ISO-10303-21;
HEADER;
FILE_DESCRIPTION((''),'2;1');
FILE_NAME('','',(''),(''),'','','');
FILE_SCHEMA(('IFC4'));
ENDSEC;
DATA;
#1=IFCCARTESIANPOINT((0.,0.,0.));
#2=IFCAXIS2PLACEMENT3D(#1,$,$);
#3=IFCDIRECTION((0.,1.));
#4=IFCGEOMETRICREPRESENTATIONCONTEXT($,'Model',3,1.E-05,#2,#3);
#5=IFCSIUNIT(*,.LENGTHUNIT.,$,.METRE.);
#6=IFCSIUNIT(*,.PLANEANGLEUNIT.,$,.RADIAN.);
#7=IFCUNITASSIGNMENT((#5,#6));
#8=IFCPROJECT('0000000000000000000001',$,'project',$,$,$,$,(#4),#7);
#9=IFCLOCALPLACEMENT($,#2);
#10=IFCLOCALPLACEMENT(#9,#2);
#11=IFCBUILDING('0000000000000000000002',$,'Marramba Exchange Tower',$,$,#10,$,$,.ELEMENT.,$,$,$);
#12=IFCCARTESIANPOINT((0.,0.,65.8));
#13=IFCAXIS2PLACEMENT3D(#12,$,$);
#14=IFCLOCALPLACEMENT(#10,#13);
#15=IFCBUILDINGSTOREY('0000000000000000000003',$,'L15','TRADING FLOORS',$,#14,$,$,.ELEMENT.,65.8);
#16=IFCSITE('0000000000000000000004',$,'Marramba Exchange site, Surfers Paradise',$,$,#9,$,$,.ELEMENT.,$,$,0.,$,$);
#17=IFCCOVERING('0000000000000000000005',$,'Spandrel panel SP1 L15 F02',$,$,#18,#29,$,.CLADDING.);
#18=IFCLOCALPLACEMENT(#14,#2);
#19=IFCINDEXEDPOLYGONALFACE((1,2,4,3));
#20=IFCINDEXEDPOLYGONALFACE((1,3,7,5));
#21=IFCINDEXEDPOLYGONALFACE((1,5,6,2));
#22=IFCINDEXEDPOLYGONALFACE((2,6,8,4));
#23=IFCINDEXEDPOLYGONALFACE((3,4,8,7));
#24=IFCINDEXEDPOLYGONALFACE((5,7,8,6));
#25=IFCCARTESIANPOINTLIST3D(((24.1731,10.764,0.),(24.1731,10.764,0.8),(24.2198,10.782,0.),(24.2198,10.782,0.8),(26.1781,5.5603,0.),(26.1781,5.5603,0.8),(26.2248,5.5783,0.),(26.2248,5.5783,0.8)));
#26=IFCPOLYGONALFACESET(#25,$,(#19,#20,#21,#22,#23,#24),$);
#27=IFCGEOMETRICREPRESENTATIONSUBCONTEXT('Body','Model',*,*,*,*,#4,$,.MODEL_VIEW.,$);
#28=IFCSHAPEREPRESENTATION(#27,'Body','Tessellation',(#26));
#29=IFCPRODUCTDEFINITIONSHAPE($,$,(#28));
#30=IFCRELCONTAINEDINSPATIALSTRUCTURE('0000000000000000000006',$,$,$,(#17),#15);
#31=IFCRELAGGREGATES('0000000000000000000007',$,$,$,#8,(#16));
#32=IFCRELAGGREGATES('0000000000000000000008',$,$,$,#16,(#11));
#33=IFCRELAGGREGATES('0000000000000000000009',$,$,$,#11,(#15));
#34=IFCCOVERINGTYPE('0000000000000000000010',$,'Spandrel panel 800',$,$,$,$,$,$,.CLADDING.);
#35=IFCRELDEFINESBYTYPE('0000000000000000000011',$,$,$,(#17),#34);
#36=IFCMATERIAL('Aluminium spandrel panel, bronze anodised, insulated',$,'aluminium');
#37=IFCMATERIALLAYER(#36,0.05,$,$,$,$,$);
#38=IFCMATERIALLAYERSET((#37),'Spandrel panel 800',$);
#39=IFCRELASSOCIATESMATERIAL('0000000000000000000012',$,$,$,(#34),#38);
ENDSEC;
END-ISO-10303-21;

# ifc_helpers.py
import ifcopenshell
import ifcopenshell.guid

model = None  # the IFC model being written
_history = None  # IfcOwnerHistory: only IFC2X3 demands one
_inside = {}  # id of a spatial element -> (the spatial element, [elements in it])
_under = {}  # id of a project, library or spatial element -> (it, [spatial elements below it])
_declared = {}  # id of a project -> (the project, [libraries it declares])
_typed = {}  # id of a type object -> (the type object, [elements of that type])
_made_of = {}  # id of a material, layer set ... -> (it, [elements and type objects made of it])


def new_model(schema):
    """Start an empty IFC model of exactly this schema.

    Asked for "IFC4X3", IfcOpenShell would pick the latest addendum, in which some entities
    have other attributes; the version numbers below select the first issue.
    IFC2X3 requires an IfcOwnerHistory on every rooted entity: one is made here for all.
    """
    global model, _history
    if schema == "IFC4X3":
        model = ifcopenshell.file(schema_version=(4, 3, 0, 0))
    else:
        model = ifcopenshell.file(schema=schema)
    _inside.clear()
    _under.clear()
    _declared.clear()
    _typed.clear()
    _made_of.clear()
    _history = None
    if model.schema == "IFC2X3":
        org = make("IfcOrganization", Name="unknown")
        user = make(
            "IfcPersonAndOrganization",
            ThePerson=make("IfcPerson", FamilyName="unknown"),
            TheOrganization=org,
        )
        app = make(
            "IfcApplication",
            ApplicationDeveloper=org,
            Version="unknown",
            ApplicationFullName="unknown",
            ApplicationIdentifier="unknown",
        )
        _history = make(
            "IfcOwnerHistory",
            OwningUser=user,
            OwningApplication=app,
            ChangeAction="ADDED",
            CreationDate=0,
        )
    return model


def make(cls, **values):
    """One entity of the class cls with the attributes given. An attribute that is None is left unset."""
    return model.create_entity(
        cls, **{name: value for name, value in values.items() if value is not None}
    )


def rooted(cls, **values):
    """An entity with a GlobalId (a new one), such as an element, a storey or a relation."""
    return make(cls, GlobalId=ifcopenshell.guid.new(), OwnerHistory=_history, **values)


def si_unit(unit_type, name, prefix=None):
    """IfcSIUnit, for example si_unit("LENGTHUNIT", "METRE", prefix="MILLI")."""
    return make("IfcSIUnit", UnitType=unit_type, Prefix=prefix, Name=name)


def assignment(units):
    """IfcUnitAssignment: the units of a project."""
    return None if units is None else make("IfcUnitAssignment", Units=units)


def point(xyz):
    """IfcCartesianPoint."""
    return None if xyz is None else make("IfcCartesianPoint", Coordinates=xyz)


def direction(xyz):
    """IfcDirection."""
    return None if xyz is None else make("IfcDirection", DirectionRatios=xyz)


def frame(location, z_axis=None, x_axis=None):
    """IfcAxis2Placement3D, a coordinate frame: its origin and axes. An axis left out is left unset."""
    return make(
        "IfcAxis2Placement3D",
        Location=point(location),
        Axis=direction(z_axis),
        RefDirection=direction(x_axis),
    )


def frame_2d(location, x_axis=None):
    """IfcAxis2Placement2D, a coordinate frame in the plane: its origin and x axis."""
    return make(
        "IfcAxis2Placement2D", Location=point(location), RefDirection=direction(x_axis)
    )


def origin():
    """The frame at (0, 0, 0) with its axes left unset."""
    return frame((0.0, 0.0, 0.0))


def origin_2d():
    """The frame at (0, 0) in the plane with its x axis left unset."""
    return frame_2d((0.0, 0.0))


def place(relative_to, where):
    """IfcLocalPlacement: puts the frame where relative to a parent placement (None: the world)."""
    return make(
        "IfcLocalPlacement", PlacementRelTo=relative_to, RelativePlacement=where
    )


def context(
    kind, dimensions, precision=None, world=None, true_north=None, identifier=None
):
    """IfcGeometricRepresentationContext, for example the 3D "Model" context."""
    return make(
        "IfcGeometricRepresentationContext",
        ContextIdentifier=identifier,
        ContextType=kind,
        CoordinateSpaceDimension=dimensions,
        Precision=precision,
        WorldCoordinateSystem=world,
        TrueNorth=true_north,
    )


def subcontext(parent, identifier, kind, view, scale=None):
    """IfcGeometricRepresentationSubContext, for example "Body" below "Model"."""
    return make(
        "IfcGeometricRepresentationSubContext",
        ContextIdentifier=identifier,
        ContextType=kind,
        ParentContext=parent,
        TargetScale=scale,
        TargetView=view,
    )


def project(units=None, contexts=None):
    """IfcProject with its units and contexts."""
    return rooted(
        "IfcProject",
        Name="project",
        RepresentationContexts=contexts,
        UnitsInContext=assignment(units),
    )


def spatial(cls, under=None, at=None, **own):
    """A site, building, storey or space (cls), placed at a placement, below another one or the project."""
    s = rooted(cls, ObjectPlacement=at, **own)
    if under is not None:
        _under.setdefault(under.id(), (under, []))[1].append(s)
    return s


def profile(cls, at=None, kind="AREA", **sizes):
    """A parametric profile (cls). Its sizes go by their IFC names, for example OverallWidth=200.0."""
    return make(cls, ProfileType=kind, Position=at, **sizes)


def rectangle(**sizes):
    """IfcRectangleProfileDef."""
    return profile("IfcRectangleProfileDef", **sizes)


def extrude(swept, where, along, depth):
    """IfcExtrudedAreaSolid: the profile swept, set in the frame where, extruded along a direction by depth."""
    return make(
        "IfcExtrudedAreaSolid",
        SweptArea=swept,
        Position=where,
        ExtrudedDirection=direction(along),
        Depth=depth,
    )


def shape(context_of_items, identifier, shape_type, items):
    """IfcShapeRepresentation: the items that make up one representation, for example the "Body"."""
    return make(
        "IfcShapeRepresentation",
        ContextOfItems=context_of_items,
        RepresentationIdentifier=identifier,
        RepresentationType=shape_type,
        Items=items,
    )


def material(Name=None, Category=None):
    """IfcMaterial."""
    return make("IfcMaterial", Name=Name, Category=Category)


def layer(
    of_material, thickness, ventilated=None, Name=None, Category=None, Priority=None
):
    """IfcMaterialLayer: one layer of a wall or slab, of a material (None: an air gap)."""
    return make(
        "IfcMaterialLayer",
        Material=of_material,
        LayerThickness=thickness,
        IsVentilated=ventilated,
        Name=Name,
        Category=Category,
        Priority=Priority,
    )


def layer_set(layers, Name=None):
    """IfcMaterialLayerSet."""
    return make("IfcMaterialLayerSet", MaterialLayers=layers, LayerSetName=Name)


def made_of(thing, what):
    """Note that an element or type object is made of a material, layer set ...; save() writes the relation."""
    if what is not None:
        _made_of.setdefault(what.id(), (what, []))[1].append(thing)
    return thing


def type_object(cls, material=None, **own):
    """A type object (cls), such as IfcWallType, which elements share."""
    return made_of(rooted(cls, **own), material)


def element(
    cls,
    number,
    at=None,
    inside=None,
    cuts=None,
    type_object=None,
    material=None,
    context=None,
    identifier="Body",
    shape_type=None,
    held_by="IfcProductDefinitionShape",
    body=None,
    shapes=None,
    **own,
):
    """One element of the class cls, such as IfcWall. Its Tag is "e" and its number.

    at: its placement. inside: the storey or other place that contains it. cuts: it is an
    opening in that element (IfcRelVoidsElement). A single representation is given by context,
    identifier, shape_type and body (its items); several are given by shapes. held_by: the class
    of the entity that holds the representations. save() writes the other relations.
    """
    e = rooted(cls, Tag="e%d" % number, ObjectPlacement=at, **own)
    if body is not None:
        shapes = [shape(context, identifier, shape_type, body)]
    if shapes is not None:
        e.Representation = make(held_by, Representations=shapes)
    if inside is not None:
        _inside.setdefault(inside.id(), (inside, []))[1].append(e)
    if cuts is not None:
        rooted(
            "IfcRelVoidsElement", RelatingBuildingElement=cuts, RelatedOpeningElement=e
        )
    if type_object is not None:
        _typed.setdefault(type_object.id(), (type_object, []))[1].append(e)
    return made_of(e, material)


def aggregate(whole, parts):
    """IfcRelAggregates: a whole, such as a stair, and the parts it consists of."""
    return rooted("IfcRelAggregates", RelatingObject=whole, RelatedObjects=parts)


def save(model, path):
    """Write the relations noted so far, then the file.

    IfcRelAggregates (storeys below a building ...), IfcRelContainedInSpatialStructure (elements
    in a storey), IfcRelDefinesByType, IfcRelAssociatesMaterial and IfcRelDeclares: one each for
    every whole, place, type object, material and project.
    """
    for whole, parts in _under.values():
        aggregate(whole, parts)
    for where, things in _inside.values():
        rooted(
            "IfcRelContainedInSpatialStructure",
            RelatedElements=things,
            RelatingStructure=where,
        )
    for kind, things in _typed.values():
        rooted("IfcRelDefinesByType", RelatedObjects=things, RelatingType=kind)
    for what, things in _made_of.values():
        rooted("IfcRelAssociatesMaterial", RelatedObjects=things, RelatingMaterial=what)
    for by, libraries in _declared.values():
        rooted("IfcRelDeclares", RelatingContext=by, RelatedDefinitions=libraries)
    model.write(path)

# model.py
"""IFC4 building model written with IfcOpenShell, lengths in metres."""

from ifc_helpers import new_model, si_unit, direction, frame, origin, origin_2d, place, context, subcontext, project, spatial, rectangle, extrude, material, layer, layer_set, type_object, element, save


model = new_model("IFC4")

# Units and contexts
model_context = context("Model", 3, precision=1e-05, world=origin(), true_north=direction((0.0, 1.0)))
body_context = subcontext(model_context, "Body", "Model", "MODEL_VIEW")
ifc_project = project(units=[si_unit("LENGTHUNIT", "METRE"), si_unit("PLANEANGLEUNIT", "RADIAN")], contexts=[model_context])

# Site, building, storey
site_placement = place(None, origin())
site = spatial("IfcSite", under=ifc_project, at=site_placement, Name="Marramba Exchange site, Surfers Paradise", CompositionType="ELEMENT", RefElevation=0.0)
building_placement = place(site_placement, origin())
building = spatial("IfcBuilding", under=site, at=building_placement, Name="Marramba Exchange Tower", CompositionType="ELEMENT")
storey_placement = place(building_placement, frame((0.0, 0.0, 65.8)))
storey = spatial("IfcBuildingStorey", under=building, at=storey_placement, Name="L15", Description="TRADING FLOORS", CompositionType="ELEMENT", Elevation=65.8)

# Covering
ifc_material_1 = material(Name="Aluminium spandrel panel, bronze anodised, insulated", Category="aluminium")
ifc_layer_1 = layer(ifc_material_1, 0.05)
ifc_layer_set_1 = layer_set([ifc_layer_1], Name="Spandrel panel 800")
covering_type = type_object("IfcCoveringType", Name="Spandrel panel 800", PredefinedType="CLADDING", material=ifc_layer_set_1)
covering_1_placement = place(storey_placement, frame((25.199, 8.1711, 0.0), z_axis=(0.0, 0.0, 1.0), x_axis=(-0.359526, 0.933135, 0.0)))
element("IfcCovering", 1, at=covering_1_placement, inside=storey, type_object=covering_type, Name="Spandrel panel SP1 L15 F02", PredefinedType="CLADDING", context=body_context, shape_type="SweptSolid", body=[
    extrude(rectangle(XDim=5.5767, YDim=0.05, at=origin_2d()), origin(), (0.0, 0.0, 1.0), 0.8),
])

save(model, "model.ifc")
